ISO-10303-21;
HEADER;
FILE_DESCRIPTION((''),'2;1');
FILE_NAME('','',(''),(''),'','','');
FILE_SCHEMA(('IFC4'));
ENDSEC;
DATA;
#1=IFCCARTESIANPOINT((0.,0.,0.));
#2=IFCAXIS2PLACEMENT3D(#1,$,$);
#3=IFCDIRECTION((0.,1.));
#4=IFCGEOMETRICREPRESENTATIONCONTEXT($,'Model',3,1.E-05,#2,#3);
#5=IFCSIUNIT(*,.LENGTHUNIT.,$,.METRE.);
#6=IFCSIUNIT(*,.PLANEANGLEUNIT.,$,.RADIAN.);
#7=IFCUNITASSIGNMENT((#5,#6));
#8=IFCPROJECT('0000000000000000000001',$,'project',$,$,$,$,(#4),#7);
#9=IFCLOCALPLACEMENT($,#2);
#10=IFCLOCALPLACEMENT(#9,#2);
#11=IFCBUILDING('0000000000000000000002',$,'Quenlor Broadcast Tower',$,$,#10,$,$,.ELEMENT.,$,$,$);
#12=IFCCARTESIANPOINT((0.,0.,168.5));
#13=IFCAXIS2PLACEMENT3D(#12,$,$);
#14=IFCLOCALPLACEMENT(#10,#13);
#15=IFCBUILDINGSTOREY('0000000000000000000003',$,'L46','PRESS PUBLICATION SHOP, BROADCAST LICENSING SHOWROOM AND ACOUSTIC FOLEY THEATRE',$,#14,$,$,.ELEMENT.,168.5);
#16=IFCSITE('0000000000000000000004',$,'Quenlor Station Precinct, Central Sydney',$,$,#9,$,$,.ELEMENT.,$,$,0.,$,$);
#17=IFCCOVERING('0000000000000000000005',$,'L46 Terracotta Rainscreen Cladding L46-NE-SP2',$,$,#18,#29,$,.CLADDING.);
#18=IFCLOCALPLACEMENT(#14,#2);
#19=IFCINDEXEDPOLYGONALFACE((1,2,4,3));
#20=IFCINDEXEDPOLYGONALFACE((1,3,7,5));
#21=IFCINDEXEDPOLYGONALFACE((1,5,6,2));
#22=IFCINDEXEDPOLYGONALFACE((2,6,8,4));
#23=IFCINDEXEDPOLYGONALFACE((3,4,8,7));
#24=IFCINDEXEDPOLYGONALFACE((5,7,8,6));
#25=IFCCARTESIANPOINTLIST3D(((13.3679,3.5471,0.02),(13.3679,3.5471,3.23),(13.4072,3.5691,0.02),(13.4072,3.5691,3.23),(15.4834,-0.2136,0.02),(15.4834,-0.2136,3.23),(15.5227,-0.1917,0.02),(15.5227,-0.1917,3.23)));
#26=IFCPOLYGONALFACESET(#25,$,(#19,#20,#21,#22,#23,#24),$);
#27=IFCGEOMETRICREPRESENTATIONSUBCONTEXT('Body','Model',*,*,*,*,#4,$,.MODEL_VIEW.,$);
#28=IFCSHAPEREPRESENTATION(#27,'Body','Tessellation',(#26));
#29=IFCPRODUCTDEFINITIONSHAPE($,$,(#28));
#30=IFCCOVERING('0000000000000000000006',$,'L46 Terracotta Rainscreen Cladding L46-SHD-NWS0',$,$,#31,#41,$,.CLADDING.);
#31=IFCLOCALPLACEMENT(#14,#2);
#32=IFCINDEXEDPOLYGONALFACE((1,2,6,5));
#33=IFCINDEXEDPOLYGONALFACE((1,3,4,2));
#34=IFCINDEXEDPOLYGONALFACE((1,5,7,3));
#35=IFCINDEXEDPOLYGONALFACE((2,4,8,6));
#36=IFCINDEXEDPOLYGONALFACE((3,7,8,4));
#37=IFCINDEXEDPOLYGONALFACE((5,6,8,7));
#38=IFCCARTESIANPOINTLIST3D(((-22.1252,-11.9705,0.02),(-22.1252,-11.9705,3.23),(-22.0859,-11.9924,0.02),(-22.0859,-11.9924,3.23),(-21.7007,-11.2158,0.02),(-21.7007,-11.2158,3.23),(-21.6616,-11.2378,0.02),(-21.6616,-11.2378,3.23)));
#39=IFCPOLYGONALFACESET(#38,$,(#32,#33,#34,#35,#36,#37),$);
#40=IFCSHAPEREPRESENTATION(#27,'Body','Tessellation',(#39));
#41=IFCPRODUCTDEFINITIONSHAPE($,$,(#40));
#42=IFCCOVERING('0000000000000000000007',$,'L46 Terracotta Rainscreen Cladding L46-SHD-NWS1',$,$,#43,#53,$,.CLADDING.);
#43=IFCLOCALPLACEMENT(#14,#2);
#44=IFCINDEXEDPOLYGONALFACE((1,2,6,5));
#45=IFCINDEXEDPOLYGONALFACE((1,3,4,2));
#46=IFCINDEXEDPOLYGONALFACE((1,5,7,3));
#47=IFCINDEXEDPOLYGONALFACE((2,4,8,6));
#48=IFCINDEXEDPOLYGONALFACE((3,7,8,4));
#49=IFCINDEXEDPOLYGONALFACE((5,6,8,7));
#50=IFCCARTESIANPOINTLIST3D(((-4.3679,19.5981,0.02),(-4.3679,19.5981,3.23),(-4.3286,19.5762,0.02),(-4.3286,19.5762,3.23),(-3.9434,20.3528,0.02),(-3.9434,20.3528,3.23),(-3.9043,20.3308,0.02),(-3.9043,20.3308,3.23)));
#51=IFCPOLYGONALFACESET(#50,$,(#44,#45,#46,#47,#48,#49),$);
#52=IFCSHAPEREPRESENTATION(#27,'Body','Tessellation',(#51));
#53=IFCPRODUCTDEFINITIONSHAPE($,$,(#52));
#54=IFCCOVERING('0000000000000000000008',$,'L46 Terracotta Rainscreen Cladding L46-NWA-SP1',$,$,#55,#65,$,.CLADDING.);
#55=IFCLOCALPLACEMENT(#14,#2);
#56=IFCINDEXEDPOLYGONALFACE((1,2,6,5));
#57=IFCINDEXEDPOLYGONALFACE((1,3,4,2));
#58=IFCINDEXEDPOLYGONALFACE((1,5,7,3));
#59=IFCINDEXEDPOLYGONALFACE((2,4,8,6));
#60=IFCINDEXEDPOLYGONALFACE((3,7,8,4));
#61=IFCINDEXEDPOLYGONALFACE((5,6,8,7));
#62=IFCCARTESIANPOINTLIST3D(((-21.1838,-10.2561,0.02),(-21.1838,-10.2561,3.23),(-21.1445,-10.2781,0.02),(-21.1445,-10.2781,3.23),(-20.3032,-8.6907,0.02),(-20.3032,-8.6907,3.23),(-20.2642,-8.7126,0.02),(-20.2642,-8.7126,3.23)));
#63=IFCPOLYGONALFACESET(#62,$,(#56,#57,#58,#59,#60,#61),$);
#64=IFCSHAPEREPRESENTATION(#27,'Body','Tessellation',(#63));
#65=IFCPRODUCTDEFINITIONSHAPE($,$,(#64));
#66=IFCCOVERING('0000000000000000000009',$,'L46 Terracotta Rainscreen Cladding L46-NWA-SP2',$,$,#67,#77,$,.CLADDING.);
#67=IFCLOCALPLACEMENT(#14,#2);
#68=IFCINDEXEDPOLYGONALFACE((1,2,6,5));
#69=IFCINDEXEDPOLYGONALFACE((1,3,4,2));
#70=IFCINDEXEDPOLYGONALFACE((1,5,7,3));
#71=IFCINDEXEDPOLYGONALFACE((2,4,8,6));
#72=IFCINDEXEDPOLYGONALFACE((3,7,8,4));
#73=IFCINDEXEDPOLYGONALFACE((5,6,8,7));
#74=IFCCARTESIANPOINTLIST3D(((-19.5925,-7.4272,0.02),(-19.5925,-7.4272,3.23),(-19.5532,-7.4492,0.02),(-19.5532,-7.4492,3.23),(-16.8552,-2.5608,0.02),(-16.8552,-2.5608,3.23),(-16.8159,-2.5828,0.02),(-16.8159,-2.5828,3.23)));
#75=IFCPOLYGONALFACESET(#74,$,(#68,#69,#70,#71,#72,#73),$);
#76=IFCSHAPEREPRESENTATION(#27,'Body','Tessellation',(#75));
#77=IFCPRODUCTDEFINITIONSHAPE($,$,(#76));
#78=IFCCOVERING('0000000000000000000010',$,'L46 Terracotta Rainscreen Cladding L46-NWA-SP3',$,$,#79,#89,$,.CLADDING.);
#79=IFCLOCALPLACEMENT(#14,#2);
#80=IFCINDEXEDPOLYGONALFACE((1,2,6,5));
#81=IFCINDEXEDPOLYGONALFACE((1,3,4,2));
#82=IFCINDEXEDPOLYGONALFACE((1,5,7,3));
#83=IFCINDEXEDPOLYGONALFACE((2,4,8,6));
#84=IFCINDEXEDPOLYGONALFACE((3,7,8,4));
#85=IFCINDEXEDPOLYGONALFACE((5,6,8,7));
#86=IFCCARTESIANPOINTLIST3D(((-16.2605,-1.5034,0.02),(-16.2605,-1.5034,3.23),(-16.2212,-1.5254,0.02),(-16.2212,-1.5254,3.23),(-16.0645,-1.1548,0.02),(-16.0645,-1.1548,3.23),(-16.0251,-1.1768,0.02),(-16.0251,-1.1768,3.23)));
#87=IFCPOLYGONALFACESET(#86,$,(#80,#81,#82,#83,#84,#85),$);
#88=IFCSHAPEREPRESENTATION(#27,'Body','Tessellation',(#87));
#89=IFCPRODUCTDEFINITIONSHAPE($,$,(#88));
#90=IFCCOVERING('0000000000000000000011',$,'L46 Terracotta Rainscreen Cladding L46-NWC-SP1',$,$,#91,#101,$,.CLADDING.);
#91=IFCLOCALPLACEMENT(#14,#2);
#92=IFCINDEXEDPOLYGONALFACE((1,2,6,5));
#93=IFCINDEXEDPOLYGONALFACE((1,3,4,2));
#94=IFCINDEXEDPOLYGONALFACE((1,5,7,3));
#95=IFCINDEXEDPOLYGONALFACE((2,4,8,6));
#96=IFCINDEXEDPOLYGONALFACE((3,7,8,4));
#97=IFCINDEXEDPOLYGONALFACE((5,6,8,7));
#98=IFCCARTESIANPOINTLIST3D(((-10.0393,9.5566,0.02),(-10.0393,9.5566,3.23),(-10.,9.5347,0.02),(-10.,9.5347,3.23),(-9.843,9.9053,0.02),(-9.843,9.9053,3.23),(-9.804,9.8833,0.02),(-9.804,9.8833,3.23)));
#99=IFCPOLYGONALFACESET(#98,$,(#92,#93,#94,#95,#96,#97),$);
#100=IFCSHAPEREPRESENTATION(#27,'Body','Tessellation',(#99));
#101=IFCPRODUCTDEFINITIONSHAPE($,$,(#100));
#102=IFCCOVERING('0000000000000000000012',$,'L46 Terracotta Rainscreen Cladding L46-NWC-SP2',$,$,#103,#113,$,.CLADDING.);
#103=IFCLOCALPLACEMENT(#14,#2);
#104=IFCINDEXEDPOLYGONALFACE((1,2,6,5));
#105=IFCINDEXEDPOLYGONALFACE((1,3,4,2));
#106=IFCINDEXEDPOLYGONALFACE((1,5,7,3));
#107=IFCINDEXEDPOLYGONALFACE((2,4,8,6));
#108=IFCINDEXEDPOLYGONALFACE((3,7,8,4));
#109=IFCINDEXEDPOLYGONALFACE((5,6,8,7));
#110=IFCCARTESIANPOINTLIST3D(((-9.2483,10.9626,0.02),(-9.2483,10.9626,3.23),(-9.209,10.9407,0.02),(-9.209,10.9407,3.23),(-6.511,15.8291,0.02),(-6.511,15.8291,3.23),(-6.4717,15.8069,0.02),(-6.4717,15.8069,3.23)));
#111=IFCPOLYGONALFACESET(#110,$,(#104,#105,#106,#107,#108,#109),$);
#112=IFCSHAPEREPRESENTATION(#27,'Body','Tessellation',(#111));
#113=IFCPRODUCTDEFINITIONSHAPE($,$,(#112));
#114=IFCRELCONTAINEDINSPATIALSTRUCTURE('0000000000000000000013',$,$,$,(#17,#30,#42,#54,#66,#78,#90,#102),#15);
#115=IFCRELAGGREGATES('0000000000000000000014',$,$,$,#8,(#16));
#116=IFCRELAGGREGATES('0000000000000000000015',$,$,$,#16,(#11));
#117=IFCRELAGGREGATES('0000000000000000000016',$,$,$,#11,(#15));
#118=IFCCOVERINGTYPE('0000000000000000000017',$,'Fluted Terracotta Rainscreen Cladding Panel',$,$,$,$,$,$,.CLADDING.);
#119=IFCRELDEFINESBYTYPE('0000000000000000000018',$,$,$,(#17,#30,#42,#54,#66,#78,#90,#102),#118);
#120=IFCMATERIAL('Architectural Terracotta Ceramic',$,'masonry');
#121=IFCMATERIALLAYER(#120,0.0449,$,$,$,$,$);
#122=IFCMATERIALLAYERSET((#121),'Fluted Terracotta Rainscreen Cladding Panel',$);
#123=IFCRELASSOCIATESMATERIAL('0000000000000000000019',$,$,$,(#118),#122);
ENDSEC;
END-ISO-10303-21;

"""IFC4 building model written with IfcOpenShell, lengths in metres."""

from ifc_helpers import new_model, si_unit, direction, frame, origin, place, context, subcontext, project, spatial, polyline, outline, extrude, material, layer, layer_set, type_object, element, save


model = new_model("IFC4")

# Units and contexts
model_context = context("Model", 3, precision=1e-05, world=origin(), true_north=direction((0.0, 1.0)))
body_context = subcontext(model_context, "Body", "Model", "MODEL_VIEW")
ifc_project = project(units=[si_unit("LENGTHUNIT", "METRE"), si_unit("PLANEANGLEUNIT", "RADIAN")], contexts=[model_context])

# Site, building, storey
site_placement = place(None, origin())
site = spatial("IfcSite", under=ifc_project, at=site_placement, Name="Quenlor Station Precinct, Central Sydney", CompositionType="ELEMENT", RefElevation=0.0)
building_placement = place(site_placement, origin())
building = spatial("IfcBuilding", under=site, at=building_placement, Name="Quenlor Broadcast Tower", CompositionType="ELEMENT")
storey_placement = place(building_placement, frame((0.0, 0.0, 168.5)))
storey = spatial("IfcBuildingStorey", under=building, at=storey_placement, Name="L46", Description="PRESS PUBLICATION SHOP, BROADCAST LICENSING SHOWROOM AND ACOUSTIC FOLEY THEATRE", CompositionType="ELEMENT", Elevation=168.5)

# Coverings
ifc_material_1 = material(Name="Architectural Terracotta Ceramic", Category="masonry")
ifc_layer_1 = layer(ifc_material_1, 0.0449)
ifc_layer_set_1 = layer_set([ifc_layer_1], Name="Fluted Terracotta Rainscreen Cladding Panel")
covering_type = type_object("IfcCoveringType", Name="Fluted Terracotta Rainscreen Cladding Panel", PredefinedType="CLADDING", material=ifc_layer_set_1)
covering_1_placement = place(storey_placement, frame((0.0, 0.0, 0.02)))
element("IfcCovering", 1, at=covering_1_placement, inside=storey, type_object=covering_type, Name="L46 Terracotta Rainscreen Cladding L46-NE-SP2", PredefinedType="CLADDING", context=body_context, shape_type="SweptSolid", body=[
    extrude(outline(polyline([(13.3679, 3.5471), (15.4834, -0.2136), (15.5227, -0.1917), (13.4072, 3.5691), (13.3679, 3.5471)])), origin(), (0.0, 0.0, 1.0), 3.21),
])
covering_2_placement = place(storey_placement, frame((0.0, 0.0, 0.02)))
element("IfcCovering", 2, at=covering_2_placement, inside=storey, type_object=covering_type, Name="L46 Terracotta Rainscreen Cladding L46-SHD-NWS0", PredefinedType="CLADDING", context=body_context, shape_type="SweptSolid", body=[
    extrude(outline(polyline([(-22.0859, -11.9924), (-21.6616, -11.2378), (-21.7007, -11.2158), (-22.1252, -11.9705), (-22.0859, -11.9924)])), origin(), (0.0, 0.0, 1.0), 3.21),
])
covering_3_placement = place(storey_placement, frame((0.0, 0.0, 0.02)))
element("IfcCovering", 3, at=covering_3_placement, inside=storey, type_object=covering_type, Name="L46 Terracotta Rainscreen Cladding L46-SHD-NWS1", PredefinedType="CLADDING", context=body_context, shape_type="SweptSolid", body=[
    extrude(outline(polyline([(-4.3286, 19.5762), (-3.9043, 20.3308), (-3.9434, 20.3528), (-4.3679, 19.5981), (-4.3286, 19.5762)])), origin(), (0.0, 0.0, 1.0), 3.21),
])
covering_4_placement = place(storey_placement, frame((0.0, 0.0, 0.02)))
element("IfcCovering", 4, at=covering_4_placement, inside=storey, type_object=covering_type, Name="L46 Terracotta Rainscreen Cladding L46-NWA-SP1", PredefinedType="CLADDING", context=body_context, shape_type="SweptSolid", body=[
    extrude(outline(polyline([(-21.1445, -10.2781), (-20.2642, -8.7126), (-20.3032, -8.6907), (-21.1838, -10.2561), (-21.1445, -10.2781)])), origin(), (0.0, 0.0, 1.0), 3.21),
])
covering_5_placement = place(storey_placement, frame((0.0, 0.0, 0.02)))
element("IfcCovering", 5, at=covering_5_placement, inside=storey, type_object=covering_type, Name="L46 Terracotta Rainscreen Cladding L46-NWA-SP2", PredefinedType="CLADDING", context=body_context, shape_type="SweptSolid", body=[
    extrude(outline(polyline([(-19.5532, -7.4492), (-16.8159, -2.5828), (-16.8552, -2.5608), (-19.5925, -7.4272), (-19.5532, -7.4492)])), origin(), (0.0, 0.0, 1.0), 3.21),
])
covering_6_placement = place(storey_placement, frame((0.0, 0.0, 0.02)))
element("IfcCovering", 6, at=covering_6_placement, inside=storey, type_object=covering_type, Name="L46 Terracotta Rainscreen Cladding L46-NWA-SP3", PredefinedType="CLADDING", context=body_context, shape_type="SweptSolid", body=[
    extrude(outline(polyline([(-16.2212, -1.5254), (-16.0251, -1.1768), (-16.0645, -1.1548), (-16.2605, -1.5034), (-16.2212, -1.5254)])), origin(), (0.0, 0.0, 1.0), 3.21),
])
covering_7_placement = place(storey_placement, frame((0.0, 0.0, 0.02)))
element("IfcCovering", 7, at=covering_7_placement, inside=storey, type_object=covering_type, Name="L46 Terracotta Rainscreen Cladding L46-NWC-SP1", PredefinedType="CLADDING", context=body_context, shape_type="SweptSolid", body=[
    extrude(outline(polyline([(-10.0, 9.5347), (-9.804, 9.8833), (-9.843, 9.9053), (-10.0393, 9.5566), (-10.0, 9.5347)])), origin(), (0.0, 0.0, 1.0), 3.21),
])
covering_8_placement = place(storey_placement, frame((0.0, 0.0, 0.02)))
element("IfcCovering", 8, at=covering_8_placement, inside=storey, type_object=covering_type, Name="L46 Terracotta Rainscreen Cladding L46-NWC-SP2", PredefinedType="CLADDING", context=body_context, shape_type="SweptSolid", body=[
    extrude(outline(polyline([(-9.209, 10.9407), (-6.4717, 15.8069), (-6.511, 15.8291), (-9.2483, 10.9626), (-9.209, 10.9407)])), origin(), (0.0, 0.0, 1.0), 3.21),
])

save(model, "model.ifc")
